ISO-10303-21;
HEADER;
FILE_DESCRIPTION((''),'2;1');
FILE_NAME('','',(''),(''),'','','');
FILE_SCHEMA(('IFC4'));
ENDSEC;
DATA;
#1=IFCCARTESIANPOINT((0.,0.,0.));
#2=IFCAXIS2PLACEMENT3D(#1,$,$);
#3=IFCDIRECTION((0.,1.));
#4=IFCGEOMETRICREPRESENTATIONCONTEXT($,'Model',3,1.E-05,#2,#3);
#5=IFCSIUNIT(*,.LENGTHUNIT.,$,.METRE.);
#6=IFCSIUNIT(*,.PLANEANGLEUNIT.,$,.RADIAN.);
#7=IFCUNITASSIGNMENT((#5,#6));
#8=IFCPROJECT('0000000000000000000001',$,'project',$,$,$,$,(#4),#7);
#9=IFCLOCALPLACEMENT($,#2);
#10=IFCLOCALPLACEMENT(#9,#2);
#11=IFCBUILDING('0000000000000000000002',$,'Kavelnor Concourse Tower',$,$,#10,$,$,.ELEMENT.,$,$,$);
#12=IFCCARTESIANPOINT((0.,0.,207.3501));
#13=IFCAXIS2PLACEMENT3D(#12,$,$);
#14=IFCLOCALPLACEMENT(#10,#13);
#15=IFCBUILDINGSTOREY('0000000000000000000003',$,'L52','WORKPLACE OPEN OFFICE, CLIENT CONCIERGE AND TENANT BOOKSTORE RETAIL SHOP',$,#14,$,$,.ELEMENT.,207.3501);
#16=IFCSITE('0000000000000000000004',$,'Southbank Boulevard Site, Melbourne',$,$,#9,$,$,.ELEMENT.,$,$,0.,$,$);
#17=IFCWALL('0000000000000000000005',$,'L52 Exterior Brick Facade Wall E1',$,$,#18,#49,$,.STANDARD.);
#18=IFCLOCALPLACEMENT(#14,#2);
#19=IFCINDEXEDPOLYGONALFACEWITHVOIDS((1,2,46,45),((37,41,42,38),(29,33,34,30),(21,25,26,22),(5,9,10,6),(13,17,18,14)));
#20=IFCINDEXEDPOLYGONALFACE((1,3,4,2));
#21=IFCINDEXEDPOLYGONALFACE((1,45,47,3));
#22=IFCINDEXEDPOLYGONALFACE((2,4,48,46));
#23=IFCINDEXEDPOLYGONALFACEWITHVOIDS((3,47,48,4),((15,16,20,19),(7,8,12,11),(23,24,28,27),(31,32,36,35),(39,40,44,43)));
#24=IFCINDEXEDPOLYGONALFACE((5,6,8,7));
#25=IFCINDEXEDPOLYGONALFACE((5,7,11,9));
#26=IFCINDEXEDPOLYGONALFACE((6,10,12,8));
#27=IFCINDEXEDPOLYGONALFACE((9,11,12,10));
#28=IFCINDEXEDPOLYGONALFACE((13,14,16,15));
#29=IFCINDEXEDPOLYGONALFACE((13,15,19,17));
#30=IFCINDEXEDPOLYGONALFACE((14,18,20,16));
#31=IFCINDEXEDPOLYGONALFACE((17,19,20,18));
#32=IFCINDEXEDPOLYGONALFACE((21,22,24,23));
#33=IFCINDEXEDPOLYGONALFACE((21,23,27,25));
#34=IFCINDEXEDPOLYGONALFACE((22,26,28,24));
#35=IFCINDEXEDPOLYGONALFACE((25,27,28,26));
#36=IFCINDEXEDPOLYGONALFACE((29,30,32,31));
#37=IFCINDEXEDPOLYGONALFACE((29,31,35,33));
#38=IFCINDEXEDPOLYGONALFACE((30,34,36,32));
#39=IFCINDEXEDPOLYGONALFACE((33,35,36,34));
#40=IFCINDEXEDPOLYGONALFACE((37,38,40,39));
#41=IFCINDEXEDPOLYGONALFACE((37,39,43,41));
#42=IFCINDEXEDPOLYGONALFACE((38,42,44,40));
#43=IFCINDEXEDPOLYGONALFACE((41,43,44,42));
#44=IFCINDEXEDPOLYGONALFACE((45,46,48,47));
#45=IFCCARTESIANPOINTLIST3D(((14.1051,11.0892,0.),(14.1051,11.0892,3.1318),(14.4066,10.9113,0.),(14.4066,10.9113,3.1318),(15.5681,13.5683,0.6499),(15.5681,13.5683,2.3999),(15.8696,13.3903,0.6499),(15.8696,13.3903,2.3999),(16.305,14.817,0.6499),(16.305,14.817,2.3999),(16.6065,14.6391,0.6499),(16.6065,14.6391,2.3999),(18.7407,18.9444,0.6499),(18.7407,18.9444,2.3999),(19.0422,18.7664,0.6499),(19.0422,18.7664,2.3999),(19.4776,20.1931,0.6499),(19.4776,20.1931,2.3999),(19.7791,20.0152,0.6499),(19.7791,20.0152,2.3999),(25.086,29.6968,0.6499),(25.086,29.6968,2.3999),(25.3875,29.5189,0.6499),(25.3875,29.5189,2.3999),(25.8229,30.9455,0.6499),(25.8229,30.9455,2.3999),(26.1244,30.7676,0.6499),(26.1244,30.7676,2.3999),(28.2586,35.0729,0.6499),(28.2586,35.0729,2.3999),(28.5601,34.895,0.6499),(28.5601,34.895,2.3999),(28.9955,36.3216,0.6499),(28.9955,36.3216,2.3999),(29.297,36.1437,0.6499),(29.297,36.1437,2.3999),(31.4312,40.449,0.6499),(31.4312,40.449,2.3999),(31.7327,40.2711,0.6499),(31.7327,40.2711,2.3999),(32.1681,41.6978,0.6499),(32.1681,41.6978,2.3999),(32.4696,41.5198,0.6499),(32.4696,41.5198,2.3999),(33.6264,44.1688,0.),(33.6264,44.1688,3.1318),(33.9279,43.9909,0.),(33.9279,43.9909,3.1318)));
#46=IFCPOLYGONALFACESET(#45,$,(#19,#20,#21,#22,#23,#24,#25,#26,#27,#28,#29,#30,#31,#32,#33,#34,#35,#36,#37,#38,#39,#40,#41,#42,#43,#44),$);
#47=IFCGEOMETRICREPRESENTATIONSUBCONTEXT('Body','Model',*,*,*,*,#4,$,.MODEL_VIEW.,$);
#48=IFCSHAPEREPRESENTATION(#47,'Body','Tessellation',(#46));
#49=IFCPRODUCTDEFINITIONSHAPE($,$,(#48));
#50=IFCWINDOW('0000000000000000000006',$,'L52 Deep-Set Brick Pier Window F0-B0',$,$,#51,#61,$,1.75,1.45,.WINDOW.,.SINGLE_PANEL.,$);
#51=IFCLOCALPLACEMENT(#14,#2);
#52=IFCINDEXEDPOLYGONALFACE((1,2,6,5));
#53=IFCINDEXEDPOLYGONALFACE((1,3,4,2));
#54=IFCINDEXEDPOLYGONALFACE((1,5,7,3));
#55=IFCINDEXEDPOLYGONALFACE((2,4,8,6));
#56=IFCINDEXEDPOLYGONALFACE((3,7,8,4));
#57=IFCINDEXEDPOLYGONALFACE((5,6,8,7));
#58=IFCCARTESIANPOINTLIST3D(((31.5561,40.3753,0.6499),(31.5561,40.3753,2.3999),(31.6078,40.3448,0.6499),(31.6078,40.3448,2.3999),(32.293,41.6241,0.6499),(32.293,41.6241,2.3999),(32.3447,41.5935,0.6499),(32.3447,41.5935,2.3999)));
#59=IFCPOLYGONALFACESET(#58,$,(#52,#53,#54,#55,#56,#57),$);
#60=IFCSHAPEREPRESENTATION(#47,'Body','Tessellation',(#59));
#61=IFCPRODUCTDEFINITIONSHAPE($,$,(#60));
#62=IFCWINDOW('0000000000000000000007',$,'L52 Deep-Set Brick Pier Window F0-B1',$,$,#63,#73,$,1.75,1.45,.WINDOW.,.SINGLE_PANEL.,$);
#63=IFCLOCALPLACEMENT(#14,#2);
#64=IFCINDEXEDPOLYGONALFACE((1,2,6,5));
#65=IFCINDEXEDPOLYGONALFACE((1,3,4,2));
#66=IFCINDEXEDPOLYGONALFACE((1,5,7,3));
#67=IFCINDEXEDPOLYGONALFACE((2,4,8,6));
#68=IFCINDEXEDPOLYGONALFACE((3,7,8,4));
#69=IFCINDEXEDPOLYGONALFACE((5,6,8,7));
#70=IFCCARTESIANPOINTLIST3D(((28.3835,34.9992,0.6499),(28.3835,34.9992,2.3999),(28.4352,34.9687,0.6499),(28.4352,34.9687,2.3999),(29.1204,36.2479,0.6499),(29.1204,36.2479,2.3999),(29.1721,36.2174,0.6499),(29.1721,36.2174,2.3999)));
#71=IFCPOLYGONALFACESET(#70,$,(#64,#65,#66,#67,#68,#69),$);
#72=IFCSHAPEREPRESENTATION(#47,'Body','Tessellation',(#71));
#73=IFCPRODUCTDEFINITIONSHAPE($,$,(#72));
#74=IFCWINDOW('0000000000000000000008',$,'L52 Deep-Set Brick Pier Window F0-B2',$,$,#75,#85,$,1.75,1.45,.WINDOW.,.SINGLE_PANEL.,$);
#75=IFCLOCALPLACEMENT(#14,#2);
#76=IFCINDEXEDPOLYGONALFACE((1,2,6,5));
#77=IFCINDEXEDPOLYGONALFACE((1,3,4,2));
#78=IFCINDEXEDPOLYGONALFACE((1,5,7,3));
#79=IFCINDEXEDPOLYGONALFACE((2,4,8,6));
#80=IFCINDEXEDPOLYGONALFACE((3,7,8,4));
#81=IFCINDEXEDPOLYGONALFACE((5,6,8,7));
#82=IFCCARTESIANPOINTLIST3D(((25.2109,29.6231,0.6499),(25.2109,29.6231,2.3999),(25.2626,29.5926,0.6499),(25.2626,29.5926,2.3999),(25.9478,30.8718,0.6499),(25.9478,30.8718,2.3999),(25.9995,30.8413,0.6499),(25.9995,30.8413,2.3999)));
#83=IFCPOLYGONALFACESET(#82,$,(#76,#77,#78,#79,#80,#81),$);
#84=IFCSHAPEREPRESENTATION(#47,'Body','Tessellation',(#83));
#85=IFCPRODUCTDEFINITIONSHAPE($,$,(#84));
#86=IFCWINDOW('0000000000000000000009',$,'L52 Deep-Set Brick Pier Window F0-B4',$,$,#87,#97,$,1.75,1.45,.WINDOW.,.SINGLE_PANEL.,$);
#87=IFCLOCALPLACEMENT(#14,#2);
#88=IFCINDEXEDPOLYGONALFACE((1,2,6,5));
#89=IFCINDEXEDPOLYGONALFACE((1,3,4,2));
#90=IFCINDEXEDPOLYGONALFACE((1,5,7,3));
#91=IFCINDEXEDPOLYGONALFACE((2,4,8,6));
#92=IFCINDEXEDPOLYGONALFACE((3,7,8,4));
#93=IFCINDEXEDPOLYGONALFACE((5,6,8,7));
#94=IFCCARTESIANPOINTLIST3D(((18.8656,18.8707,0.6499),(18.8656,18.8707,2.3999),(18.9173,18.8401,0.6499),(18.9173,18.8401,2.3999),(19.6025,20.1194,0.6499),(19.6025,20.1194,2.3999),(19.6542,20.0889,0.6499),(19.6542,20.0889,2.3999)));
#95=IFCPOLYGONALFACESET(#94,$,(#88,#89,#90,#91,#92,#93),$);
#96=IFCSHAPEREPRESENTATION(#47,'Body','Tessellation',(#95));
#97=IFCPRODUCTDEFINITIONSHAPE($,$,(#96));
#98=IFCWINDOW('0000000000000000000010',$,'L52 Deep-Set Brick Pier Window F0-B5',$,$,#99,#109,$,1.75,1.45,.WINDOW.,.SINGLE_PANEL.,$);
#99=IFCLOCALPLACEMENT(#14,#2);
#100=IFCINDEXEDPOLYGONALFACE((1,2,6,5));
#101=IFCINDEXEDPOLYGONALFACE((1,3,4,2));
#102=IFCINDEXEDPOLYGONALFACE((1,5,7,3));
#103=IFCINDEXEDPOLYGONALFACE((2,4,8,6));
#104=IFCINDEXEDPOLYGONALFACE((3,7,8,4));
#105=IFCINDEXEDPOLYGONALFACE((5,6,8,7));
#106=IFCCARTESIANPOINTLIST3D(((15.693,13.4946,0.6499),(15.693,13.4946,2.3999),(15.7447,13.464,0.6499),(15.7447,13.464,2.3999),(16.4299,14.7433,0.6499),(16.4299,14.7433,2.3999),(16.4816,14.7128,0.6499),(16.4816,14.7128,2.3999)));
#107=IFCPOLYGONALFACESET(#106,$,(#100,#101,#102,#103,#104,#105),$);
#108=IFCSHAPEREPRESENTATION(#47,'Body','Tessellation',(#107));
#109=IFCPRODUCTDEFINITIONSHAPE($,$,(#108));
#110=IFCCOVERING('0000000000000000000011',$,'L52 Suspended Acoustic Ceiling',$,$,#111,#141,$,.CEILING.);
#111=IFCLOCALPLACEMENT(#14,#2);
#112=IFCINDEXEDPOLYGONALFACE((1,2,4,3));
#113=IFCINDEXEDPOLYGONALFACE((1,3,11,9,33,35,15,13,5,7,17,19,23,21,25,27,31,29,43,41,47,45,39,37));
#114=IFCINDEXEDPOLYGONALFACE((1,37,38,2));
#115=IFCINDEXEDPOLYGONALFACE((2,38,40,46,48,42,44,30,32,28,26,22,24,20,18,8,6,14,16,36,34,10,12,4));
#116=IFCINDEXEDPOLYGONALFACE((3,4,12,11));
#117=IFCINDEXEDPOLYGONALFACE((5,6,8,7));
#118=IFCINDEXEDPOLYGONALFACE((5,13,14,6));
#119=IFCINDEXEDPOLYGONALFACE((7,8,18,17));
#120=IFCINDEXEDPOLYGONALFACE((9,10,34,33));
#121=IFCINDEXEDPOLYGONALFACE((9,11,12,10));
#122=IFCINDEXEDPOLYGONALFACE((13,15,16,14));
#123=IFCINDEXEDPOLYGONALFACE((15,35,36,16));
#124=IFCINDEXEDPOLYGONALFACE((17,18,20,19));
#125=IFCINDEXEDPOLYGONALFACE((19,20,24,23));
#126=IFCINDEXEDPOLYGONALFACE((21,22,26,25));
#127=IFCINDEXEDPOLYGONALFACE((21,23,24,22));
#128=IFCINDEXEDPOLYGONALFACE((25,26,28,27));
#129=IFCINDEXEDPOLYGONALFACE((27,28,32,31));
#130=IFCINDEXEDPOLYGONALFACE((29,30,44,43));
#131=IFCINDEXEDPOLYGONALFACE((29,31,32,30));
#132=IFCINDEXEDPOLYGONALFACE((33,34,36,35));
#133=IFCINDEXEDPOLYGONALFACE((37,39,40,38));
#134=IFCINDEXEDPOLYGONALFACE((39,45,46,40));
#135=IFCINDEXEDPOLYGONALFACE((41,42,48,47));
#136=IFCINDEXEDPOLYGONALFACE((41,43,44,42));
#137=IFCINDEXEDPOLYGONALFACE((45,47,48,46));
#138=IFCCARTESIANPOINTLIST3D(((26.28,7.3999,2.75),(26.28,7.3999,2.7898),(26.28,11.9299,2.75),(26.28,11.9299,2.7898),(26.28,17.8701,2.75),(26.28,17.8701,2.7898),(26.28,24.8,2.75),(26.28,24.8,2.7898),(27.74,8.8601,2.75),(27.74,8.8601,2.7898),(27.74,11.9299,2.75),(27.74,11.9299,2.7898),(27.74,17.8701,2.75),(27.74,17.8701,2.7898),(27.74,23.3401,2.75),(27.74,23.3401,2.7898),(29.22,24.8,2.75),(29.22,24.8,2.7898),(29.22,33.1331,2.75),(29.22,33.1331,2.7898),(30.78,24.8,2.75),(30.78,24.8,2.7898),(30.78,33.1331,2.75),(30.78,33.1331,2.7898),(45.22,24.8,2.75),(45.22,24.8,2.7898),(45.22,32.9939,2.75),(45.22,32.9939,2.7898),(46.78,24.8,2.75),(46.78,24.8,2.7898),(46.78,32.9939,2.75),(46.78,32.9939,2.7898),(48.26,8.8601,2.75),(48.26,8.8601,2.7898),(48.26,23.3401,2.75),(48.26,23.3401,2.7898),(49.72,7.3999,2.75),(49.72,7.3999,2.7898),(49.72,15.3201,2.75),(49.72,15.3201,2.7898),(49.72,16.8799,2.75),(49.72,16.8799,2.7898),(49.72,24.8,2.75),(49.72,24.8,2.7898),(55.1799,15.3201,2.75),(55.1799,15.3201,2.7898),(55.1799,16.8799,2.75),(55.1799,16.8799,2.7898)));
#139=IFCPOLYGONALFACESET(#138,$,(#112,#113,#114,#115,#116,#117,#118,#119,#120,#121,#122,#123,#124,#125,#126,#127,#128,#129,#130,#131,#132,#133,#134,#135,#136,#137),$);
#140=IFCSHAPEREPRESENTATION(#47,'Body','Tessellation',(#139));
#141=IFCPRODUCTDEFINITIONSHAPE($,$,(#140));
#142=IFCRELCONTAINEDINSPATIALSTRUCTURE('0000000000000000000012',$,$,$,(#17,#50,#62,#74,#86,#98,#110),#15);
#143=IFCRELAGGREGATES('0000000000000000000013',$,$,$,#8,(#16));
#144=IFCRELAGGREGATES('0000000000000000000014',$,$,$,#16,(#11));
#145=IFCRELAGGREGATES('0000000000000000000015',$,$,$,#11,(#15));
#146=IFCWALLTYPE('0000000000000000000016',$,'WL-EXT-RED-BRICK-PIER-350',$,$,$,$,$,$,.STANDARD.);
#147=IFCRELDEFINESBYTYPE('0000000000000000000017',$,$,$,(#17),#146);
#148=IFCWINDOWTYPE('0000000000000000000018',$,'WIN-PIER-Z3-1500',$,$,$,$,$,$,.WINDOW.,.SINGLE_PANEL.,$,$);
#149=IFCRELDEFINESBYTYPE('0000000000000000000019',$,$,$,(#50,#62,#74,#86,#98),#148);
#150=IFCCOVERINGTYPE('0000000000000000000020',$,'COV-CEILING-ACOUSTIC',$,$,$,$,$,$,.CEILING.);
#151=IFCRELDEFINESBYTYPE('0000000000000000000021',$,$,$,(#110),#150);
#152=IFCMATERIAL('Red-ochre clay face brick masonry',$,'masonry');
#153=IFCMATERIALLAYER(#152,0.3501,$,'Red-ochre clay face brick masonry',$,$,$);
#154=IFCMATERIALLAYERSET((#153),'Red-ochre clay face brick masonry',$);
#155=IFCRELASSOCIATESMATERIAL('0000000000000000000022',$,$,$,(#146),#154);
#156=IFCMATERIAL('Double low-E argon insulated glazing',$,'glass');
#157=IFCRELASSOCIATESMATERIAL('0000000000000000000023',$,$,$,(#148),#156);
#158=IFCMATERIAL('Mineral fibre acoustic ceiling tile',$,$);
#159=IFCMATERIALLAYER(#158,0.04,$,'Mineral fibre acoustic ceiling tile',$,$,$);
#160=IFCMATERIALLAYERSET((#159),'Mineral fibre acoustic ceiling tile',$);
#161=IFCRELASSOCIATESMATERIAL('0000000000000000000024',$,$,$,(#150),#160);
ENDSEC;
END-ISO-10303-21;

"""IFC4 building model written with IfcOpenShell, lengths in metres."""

from ifc_helpers import new_model, si_unit, direction, frame, frame_2d, origin, place, context, subcontext, project, spatial, polyline, rectangle, outline, extrude, material, layer, layer_set, type_object, element, fill, save


model = new_model("IFC4")

# Units and contexts
model_context = context("Model", 3, precision=1e-05, world=origin(), true_north=direction((0.0, 1.0)))
body_context = subcontext(model_context, "Body", "Model", "MODEL_VIEW")
ifc_project = project(units=[si_unit("LENGTHUNIT", "METRE"), si_unit("PLANEANGLEUNIT", "RADIAN")], contexts=[model_context])

# Site, building, storey
site_placement = place(None, origin())
site = spatial("IfcSite", under=ifc_project, at=site_placement, Name="Southbank Boulevard Site, Melbourne", CompositionType="ELEMENT", RefElevation=0.0)
building_placement = place(site_placement, origin())
building = spatial("IfcBuilding", under=site, at=building_placement, Name="Kavelnor Concourse Tower", CompositionType="ELEMENT")
storey_placement = place(building_placement, frame((0.0, 0.0, 207.3501)))
storey = spatial("IfcBuildingStorey", under=building, at=storey_placement, Name="L52", Description="WORKPLACE OPEN OFFICE, CLIENT CONCIERGE AND TENANT BOOKSTORE RETAIL SHOP", CompositionType="ELEMENT", Elevation=207.3501)

# Shared definitions
ifc_material_1 = material(Name="Double low-E argon insulated glazing", Category="glass")

# Wall, openings, windows
ifc_material_2 = material(Name="Red-ochre clay face brick masonry", Category="masonry")
ifc_layer_1 = layer(ifc_material_2, 0.3501, Name="Red-ochre clay face brick masonry")
ifc_layer_set_1 = layer_set([ifc_layer_1], Name="Red-ochre clay face brick masonry")
wall_type_1 = type_object("IfcWallType", Name="WL-EXT-RED-BRICK-PIER-350", PredefinedType="STANDARD", material=ifc_layer_set_1)
wall_1_placement = place(storey_placement, frame((14.2559, 11.0002, 0.0), z_axis=(0.0, 0.0, 1.0), x_axis=(0.508232, 0.86122, 0.0)))
wall_1 = element("IfcWall", 1, at=wall_1_placement, inside=storey, type_object=wall_type_1, Name="L52 Exterior Brick Facade Wall E1", PredefinedType="STANDARD", context=body_context, shape_type="SweptSolid", body=[
    extrude(rectangle(XDim=38.4102, YDim=0.3501, at=frame_2d((19.2051, 0.0))), origin(), (0.0, 0.0, 1.0), 3.1318),
])
opening_1_placement = place(wall_1_placement, frame((34.0908, 0.0, 0.6499)))
opening_1 = element("IfcOpeningElement", 2, at=opening_1_placement, cuts=wall_1, PredefinedType="OPENING", context=body_context, shape_type="SweptSolid", body=[
    extrude(rectangle(XDim=1.45, YDim=1.75, at=frame_2d((0.7251, 0.875))), frame((0.0, 0.1851, 0.0), z_axis=(0.0, -1.0, 0.0), x_axis=(1.0, 0.0, 0.0)), (0.0, 0.0, 1.0), 0.3701),
])
opening_2_placement = place(wall_1_placement, frame((27.8484, 0.0, 0.6499)))
opening_2 = element("IfcOpeningElement", 3, at=opening_2_placement, cuts=wall_1, PredefinedType="OPENING", context=body_context, shape_type="SweptSolid", body=[
    extrude(rectangle(XDim=1.45, YDim=1.75, at=frame_2d((0.7251, 0.875))), frame((0.0, 0.1851, 0.0), z_axis=(0.0, -1.0, 0.0), x_axis=(1.0, 0.0, 0.0)), (0.0, 0.0, 1.0), 0.3701),
])
opening_3_placement = place(wall_1_placement, frame((21.606, 0.0, 0.6499)))
opening_3 = element("IfcOpeningElement", 4, at=opening_3_placement, cuts=wall_1, PredefinedType="OPENING", context=body_context, shape_type="SweptSolid", body=[
    extrude(rectangle(XDim=1.45, YDim=1.75, at=frame_2d((0.7251, 0.875))), frame((0.0, 0.1851, 0.0), z_axis=(0.0, -1.0, 0.0), x_axis=(1.0, 0.0, 0.0)), (0.0, 0.0, 1.0), 0.3701),
])
opening_4_placement = place(wall_1_placement, frame((9.1208, 0.0, 0.6499)))
opening_4 = element("IfcOpeningElement", 5, at=opening_4_placement, cuts=wall_1, PredefinedType="OPENING", context=body_context, shape_type="SweptSolid", body=[
    extrude(rectangle(XDim=1.45, YDim=1.75, at=frame_2d((0.7251, 0.875))), frame((0.0, 0.1851, 0.0), z_axis=(0.0, -1.0, 0.0), x_axis=(1.0, 0.0, 0.0)), (0.0, 0.0, 1.0), 0.3701),
])
opening_5_placement = place(wall_1_placement, frame((2.8784, 0.0, 0.6499)))
opening_5 = element("IfcOpeningElement", 6, at=opening_5_placement, cuts=wall_1, PredefinedType="OPENING", context=body_context, shape_type="SweptSolid", body=[
    extrude(rectangle(XDim=1.45, YDim=1.75, at=frame_2d((0.7251, 0.875))), frame((0.0, 0.1851, 0.0), z_axis=(0.0, -1.0, 0.0), x_axis=(1.0, 0.0, 0.0)), (0.0, 0.0, 1.0), 0.3701),
])
window_type_1 = type_object("IfcWindowType", Name="WIN-PIER-Z3-1500", PartitioningType="SINGLE_PANEL", PredefinedType="WINDOW", material=ifc_material_1)
window_1_placement = place(opening_1_placement, origin())
window_1 = element("IfcWindow", 7, at=window_1_placement, inside=storey, type_object=window_type_1, Name="L52 Deep-Set Brick Pier Window F0-B0", OverallHeight=1.75, OverallWidth=1.45, PartitioningType="SINGLE_PANEL", PredefinedType="WINDOW", context=body_context, shape_type="SweptSolid", body=[
    extrude(rectangle(XDim=1.45, YDim=1.75, at=frame_2d((0.7251, 0.875))), frame((0.0, 0.03, 0.0), z_axis=(0.0, -1.0, 0.0), x_axis=(1.0, 0.0, 0.0)), (0.0, 0.0, 1.0), 0.0601),
])
fill(opening_1, window_1)
window_2_placement = place(opening_2_placement, origin())
window_2 = element("IfcWindow", 8, at=window_2_placement, inside=storey, type_object=window_type_1, Name="L52 Deep-Set Brick Pier Window F0-B1", OverallHeight=1.75, OverallWidth=1.45, PartitioningType="SINGLE_PANEL", PredefinedType="WINDOW", context=body_context, shape_type="SweptSolid", body=[
    extrude(rectangle(XDim=1.45, YDim=1.75, at=frame_2d((0.7251, 0.875))), frame((0.0, 0.03, 0.0), z_axis=(0.0, -1.0, 0.0), x_axis=(1.0, 0.0, 0.0)), (0.0, 0.0, 1.0), 0.0601),
])
fill(opening_2, window_2)
window_3_placement = place(opening_3_placement, origin())
window_3 = element("IfcWindow", 9, at=window_3_placement, inside=storey, type_object=window_type_1, Name="L52 Deep-Set Brick Pier Window F0-B2", OverallHeight=1.75, OverallWidth=1.45, PartitioningType="SINGLE_PANEL", PredefinedType="WINDOW", context=body_context, shape_type="SweptSolid", body=[
    extrude(rectangle(XDim=1.45, YDim=1.75, at=frame_2d((0.7251, 0.875))), frame((0.0, 0.03, 0.0), z_axis=(0.0, -1.0, 0.0), x_axis=(1.0, 0.0, 0.0)), (0.0, 0.0, 1.0), 0.0601),
])
fill(opening_3, window_3)
window_4_placement = place(opening_4_placement, origin())
window_4 = element("IfcWindow", 10, at=window_4_placement, inside=storey, type_object=window_type_1, Name="L52 Deep-Set Brick Pier Window F0-B4", OverallHeight=1.75, OverallWidth=1.45, PartitioningType="SINGLE_PANEL", PredefinedType="WINDOW", context=body_context, shape_type="SweptSolid", body=[
    extrude(rectangle(XDim=1.45, YDim=1.75, at=frame_2d((0.7251, 0.875))), frame((0.0, 0.03, 0.0), z_axis=(0.0, -1.0, 0.0), x_axis=(1.0, 0.0, 0.0)), (0.0, 0.0, 1.0), 0.0601),
])
fill(opening_4, window_4)
window_5_placement = place(opening_5_placement, origin())
window_5 = element("IfcWindow", 11, at=window_5_placement, inside=storey, type_object=window_type_1, Name="L52 Deep-Set Brick Pier Window F0-B5", OverallHeight=1.75, OverallWidth=1.45, PartitioningType="SINGLE_PANEL", PredefinedType="WINDOW", context=body_context, shape_type="SweptSolid", body=[
    extrude(rectangle(XDim=1.45, YDim=1.75, at=frame_2d((0.7251, 0.875))), frame((0.0, 0.03, 0.0), z_axis=(0.0, -1.0, 0.0), x_axis=(1.0, 0.0, 0.0)), (0.0, 0.0, 1.0), 0.0601),
])
fill(opening_5, window_5)

# Covering
ifc_material_3 = material(Name="Mineral fibre acoustic ceiling tile")
ifc_layer_2 = layer(ifc_material_3, 0.04, Name="Mineral fibre acoustic ceiling tile")
ifc_layer_set_2 = layer_set([ifc_layer_2], Name="Mineral fibre acoustic ceiling tile")
covering_type_1 = type_object("IfcCoveringType", Name="COV-CEILING-ACOUSTIC", PredefinedType="CEILING", material=ifc_layer_set_2)
covering_1_placement = place(storey_placement, frame((0.0, 0.0, 2.75)))
element("IfcCovering", 12, at=covering_1_placement, inside=storey, type_object=covering_type_1, Name="L52 Suspended Acoustic Ceiling", PredefinedType="CEILING", context=body_context, shape_type="SweptSolid", body=[
    extrude(outline(polyline([(29.22, 24.8), (29.22, 33.1331), (30.78, 33.1331), (30.78, 24.8), (45.22, 24.8), (45.22, 32.9939), (46.78, 32.9939), (46.78, 24.8), (49.72, 24.8), (49.72, 16.8799), (55.1799, 16.8799), (55.1799, 15.3201), (49.72, 15.3201), (49.72, 7.3999), (26.28, 7.3999), (26.28, 11.9299), (27.74, 11.9299), (27.74, 8.8601), (48.26, 8.8601), (48.26, 23.3401), (27.74, 23.3401), (27.74, 17.8701), (26.28, 17.8701), (26.28, 24.8), (29.22, 24.8)])), origin(), (0.0, 0.0, 1.0), 0.0398),
])

save(model, "model.ifc")
